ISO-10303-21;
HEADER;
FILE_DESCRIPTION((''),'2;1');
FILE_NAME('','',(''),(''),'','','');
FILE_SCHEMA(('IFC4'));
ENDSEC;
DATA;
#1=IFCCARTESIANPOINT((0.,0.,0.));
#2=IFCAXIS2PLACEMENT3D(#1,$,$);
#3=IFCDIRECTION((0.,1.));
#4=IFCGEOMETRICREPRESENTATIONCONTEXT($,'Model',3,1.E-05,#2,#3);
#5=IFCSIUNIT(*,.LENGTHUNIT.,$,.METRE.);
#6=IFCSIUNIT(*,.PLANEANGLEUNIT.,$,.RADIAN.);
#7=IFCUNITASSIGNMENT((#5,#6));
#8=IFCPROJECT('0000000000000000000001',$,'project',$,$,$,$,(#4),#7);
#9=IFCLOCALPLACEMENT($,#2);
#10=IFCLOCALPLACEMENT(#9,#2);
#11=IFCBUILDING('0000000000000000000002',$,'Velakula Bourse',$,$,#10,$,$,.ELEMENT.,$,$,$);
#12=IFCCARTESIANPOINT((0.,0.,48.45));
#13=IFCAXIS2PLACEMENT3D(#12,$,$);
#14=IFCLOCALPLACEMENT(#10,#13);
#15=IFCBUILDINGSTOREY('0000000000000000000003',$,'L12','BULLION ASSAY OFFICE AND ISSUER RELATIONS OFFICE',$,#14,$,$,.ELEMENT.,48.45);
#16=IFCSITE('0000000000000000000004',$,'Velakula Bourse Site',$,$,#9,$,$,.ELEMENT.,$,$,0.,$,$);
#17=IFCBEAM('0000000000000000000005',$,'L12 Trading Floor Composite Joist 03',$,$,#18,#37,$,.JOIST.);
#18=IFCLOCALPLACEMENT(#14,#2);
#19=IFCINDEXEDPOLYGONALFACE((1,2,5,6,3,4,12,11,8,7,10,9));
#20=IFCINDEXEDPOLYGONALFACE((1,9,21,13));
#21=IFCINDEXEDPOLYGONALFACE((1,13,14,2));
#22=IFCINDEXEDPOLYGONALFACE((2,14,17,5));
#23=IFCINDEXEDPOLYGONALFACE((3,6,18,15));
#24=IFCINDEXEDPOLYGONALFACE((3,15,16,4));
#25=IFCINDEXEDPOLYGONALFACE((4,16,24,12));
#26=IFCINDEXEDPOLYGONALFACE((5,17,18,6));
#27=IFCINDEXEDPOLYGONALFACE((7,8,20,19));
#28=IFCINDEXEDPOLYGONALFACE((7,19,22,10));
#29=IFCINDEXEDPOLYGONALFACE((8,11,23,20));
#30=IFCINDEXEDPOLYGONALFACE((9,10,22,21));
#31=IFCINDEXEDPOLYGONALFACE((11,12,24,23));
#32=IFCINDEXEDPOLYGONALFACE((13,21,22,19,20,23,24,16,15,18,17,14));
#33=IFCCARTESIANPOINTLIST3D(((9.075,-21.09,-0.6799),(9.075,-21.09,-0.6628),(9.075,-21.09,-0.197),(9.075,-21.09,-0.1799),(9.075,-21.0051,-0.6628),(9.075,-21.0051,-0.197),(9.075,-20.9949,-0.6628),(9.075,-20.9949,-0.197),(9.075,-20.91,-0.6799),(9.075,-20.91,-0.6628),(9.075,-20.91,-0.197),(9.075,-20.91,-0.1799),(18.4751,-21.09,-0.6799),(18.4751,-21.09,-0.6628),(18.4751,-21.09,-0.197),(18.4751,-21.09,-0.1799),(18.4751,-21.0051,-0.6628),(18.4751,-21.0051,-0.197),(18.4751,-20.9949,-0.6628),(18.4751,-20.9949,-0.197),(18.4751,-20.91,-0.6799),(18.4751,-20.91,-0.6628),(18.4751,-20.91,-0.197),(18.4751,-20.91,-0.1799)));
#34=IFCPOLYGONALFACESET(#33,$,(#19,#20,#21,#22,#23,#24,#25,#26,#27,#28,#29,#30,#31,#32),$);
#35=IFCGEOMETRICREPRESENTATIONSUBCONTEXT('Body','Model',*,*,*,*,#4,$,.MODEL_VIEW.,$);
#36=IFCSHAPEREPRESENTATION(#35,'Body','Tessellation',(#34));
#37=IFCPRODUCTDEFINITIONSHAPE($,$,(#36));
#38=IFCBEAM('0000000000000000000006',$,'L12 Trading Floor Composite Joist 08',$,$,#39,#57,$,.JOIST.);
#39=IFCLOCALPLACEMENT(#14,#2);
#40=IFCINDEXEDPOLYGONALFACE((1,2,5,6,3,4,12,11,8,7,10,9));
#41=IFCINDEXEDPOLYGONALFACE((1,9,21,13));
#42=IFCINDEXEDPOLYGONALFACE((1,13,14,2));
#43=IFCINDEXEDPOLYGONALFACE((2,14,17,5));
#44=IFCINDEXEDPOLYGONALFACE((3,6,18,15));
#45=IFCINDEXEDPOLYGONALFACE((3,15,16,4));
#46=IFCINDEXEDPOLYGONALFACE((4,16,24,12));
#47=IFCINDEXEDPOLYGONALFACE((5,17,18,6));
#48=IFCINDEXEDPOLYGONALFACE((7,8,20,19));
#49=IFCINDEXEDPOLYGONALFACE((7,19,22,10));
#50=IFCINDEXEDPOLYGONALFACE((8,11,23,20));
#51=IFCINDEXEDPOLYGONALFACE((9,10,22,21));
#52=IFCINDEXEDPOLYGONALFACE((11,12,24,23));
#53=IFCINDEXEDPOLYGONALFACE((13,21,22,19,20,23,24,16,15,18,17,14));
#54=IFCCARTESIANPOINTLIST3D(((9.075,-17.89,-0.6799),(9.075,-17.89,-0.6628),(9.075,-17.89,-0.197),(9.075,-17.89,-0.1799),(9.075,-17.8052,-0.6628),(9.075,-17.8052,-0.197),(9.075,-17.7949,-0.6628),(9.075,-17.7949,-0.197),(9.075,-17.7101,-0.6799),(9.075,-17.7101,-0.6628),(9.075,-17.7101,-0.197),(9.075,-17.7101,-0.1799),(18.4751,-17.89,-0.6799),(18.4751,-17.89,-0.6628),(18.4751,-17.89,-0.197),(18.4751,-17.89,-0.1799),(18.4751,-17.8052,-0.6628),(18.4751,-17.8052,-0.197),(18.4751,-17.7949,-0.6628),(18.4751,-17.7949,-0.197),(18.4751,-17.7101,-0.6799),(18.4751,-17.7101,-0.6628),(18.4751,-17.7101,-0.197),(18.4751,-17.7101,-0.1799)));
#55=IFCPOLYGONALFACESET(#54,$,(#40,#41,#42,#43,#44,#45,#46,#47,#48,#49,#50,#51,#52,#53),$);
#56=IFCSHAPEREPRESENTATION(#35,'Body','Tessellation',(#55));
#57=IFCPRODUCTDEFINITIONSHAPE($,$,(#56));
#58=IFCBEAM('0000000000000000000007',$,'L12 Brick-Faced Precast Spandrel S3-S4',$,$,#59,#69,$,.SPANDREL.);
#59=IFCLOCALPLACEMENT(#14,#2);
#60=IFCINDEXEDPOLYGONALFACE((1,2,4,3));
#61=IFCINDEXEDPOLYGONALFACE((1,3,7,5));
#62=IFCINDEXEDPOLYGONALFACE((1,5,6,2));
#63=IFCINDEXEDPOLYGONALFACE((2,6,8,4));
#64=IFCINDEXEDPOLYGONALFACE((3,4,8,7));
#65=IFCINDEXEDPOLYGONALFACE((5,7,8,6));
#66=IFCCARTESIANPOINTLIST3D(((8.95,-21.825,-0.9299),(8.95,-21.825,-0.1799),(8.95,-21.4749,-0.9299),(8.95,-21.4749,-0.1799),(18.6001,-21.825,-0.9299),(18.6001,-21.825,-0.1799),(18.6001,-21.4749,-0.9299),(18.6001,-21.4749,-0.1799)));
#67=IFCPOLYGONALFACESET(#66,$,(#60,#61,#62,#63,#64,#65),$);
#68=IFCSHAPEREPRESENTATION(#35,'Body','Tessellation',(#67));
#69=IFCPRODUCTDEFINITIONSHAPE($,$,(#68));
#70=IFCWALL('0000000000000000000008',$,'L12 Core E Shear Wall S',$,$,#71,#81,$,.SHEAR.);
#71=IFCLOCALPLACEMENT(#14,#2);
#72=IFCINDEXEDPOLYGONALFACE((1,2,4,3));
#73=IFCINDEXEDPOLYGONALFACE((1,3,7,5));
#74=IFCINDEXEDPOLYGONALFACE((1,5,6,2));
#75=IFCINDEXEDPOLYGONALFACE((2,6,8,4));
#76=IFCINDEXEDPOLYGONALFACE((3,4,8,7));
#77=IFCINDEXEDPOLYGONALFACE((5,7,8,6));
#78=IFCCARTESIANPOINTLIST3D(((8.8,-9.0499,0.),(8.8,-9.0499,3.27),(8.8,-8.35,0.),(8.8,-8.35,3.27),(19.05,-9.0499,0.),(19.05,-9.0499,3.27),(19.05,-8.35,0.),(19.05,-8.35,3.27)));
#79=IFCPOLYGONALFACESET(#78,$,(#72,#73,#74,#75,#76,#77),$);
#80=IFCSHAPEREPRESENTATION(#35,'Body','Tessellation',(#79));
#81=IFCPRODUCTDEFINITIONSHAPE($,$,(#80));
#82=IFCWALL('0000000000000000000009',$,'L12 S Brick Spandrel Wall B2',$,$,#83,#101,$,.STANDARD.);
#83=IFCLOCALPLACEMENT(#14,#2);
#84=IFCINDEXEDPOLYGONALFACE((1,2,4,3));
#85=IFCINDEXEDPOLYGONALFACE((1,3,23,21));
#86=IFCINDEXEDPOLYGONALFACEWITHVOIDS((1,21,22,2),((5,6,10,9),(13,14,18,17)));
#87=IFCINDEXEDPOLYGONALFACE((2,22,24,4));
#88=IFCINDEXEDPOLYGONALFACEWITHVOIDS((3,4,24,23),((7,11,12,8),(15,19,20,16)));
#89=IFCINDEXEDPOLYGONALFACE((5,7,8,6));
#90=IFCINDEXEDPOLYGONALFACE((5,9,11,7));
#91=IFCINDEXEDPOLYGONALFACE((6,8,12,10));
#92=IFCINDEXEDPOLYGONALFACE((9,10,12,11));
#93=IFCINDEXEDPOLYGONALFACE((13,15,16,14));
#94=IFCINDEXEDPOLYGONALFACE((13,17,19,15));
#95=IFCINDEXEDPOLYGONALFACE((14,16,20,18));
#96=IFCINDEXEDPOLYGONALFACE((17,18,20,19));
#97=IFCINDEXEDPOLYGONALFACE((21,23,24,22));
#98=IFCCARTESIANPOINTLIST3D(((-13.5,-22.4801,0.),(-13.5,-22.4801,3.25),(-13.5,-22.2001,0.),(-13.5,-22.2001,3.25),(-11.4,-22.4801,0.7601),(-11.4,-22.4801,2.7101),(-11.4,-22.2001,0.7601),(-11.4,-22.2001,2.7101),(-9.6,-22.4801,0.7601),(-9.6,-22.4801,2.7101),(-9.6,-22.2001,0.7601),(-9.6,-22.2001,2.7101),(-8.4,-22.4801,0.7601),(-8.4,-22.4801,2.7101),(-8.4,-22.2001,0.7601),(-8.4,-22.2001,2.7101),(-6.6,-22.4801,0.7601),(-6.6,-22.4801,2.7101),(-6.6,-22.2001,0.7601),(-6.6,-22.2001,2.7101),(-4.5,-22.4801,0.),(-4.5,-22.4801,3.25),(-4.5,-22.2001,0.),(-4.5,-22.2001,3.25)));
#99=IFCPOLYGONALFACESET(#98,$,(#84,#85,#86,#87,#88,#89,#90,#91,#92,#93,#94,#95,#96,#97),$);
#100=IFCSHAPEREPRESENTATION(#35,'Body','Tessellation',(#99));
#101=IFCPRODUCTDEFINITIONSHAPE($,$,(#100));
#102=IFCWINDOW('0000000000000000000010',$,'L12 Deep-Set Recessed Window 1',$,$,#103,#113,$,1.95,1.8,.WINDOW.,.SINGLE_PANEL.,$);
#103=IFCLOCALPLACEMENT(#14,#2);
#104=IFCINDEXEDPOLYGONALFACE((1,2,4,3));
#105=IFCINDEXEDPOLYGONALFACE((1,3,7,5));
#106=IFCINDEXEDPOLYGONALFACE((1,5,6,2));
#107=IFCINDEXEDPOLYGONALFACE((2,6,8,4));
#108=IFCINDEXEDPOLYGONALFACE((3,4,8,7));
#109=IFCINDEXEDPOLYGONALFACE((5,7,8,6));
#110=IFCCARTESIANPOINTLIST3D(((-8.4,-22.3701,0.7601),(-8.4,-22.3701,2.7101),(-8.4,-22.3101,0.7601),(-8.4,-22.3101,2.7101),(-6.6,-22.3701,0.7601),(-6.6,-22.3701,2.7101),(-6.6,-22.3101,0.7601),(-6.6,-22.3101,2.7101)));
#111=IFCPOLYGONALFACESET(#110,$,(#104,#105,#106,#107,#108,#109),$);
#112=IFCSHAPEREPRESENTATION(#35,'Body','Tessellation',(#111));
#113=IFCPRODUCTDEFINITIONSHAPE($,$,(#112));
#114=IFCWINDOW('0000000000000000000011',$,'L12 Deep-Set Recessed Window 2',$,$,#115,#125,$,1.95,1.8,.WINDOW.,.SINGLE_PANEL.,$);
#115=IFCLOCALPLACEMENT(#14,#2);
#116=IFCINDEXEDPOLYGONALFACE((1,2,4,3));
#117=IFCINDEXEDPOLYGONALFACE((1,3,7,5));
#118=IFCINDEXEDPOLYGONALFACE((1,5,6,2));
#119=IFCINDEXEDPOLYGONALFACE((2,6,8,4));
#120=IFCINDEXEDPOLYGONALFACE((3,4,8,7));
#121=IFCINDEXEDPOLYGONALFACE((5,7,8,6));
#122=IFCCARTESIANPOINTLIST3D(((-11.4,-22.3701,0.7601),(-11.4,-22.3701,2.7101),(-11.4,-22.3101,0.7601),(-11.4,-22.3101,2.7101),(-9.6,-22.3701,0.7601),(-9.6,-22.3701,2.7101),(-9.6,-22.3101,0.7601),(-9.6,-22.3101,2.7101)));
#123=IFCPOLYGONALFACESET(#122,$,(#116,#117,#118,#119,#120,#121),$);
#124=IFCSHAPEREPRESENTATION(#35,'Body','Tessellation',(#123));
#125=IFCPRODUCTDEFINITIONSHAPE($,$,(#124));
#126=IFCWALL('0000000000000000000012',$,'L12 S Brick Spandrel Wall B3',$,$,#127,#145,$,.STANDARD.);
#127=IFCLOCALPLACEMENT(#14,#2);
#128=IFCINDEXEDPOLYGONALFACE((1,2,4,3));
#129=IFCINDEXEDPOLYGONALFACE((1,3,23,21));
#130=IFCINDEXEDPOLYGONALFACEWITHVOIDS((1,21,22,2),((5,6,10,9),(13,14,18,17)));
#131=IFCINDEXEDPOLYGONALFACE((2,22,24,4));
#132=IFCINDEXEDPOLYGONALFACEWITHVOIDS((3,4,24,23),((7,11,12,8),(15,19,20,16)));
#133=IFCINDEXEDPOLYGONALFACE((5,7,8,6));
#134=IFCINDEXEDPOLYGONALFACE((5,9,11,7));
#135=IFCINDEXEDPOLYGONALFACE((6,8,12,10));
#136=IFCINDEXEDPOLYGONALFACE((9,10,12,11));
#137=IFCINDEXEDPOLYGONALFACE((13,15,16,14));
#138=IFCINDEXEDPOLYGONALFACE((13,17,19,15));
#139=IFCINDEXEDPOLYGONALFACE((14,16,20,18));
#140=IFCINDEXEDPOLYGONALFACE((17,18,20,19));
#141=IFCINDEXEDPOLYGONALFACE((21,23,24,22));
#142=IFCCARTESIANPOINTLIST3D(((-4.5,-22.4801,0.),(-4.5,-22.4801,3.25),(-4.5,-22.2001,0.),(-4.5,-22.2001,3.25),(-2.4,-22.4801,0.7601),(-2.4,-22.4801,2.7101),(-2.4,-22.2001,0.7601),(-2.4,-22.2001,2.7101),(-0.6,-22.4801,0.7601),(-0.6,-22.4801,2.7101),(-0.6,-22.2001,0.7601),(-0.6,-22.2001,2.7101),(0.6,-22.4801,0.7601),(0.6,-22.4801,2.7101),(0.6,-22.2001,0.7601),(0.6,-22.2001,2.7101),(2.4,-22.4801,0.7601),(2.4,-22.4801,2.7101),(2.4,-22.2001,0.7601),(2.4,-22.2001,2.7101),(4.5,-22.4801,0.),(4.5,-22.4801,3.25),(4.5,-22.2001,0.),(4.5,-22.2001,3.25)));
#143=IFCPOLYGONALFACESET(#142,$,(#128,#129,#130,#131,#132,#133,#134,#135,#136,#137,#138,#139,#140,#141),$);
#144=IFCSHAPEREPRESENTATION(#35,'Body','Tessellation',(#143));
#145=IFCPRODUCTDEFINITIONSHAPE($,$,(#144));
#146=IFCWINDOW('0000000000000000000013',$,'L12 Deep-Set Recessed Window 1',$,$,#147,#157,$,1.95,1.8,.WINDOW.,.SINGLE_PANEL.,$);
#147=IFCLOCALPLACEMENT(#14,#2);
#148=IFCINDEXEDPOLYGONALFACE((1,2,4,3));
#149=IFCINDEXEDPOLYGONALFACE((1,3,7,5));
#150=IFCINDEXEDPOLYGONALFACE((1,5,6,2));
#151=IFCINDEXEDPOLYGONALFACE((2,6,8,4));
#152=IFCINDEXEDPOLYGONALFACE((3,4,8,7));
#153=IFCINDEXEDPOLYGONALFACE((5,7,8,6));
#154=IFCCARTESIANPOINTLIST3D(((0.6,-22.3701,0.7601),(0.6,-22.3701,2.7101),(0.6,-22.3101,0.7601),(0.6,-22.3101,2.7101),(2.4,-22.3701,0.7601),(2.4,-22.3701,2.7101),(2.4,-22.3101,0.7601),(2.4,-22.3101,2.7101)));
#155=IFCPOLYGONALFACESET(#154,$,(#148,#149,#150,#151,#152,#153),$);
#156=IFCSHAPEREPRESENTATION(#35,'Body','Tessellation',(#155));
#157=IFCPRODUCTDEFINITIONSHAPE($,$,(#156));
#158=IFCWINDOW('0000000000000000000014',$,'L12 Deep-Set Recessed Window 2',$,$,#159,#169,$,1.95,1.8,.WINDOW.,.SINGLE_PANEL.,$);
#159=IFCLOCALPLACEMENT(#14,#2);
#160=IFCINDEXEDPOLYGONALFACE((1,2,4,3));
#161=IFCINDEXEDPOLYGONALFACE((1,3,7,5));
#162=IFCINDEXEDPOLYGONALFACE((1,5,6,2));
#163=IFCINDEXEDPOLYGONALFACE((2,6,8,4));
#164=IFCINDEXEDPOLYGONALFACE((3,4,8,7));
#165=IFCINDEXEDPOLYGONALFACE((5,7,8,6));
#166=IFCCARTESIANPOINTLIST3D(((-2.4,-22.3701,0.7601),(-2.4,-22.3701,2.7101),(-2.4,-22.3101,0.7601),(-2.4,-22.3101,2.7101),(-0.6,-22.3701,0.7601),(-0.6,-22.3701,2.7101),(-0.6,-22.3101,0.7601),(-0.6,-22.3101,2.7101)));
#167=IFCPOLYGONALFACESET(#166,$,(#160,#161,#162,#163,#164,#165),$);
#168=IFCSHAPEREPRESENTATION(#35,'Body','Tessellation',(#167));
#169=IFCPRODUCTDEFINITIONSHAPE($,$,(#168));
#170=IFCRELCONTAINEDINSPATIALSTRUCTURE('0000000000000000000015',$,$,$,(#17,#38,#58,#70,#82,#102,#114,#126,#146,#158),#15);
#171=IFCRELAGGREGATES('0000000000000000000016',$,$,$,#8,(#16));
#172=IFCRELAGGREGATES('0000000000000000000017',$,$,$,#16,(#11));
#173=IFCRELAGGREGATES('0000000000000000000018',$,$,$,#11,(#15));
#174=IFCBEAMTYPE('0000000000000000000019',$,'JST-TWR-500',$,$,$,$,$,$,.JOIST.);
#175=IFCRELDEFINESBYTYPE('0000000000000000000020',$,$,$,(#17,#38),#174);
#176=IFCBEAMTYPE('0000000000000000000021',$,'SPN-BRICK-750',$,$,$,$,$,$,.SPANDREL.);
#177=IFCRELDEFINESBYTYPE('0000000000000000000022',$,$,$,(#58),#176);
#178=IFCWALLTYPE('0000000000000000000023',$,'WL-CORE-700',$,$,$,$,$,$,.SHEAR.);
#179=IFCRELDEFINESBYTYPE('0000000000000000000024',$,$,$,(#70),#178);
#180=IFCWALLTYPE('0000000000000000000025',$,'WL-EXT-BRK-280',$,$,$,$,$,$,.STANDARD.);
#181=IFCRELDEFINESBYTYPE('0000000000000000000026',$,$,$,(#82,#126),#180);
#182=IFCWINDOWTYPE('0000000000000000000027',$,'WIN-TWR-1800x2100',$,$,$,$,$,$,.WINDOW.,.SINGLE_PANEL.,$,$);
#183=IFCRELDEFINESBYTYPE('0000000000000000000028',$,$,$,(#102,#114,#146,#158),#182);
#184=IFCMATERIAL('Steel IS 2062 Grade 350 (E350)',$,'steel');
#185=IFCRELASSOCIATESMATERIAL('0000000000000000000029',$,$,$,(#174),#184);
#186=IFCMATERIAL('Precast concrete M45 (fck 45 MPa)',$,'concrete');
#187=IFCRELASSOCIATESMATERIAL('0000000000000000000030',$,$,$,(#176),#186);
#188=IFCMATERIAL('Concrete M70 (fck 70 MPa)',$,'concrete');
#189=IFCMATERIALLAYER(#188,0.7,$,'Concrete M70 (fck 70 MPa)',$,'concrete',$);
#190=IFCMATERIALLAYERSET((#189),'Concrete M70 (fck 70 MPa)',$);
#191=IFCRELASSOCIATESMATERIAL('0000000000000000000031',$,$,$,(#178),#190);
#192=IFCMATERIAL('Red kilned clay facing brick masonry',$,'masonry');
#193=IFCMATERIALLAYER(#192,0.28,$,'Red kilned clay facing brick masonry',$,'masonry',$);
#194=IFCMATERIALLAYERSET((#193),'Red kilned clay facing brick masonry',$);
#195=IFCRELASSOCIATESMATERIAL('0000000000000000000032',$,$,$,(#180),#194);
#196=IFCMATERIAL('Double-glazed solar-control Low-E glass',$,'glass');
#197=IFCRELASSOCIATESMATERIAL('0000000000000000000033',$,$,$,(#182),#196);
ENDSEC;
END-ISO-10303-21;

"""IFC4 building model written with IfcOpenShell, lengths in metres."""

from ifc_helpers import new_model, si_unit, direction, frame, frame_2d, origin, origin_2d, place, context, subcontext, project, spatial, rectangle, i_section, extrude, material, layer, layer_set, material_profile, profile_set, type_object, element, fill, save


model = new_model("IFC4")

# Units and contexts
model_context = context("Model", 3, precision=1e-05, world=origin(), true_north=direction((0.0, 1.0)))
body_context = subcontext(model_context, "Body", "Model", "MODEL_VIEW")
ifc_project = project(units=[si_unit("LENGTHUNIT", "METRE"), si_unit("PLANEANGLEUNIT", "RADIAN")], contexts=[model_context])

# Site, building, storey
site_placement = place(None, origin())
site = spatial("IfcSite", under=ifc_project, at=site_placement, Name="Velakula Bourse Site", CompositionType="ELEMENT", RefElevation=0.0)
building_placement = place(site_placement, origin())
building = spatial("IfcBuilding", under=site, at=building_placement, Name="Velakula Bourse", CompositionType="ELEMENT")
storey_placement = place(building_placement, frame((0.0, 0.0, 48.45)))
storey = spatial("IfcBuildingStorey", under=building, at=storey_placement, Name="L12", Description="BULLION ASSAY OFFICE AND ISSUER RELATIONS OFFICE", CompositionType="ELEMENT", Elevation=48.45)

# Shared definitions
ifc_material_1 = material(Name="Concrete M70 (fck 70 MPa)", Category="concrete")

# Beams
ifc_material_2 = material(Name="Steel IS 2062 Grade 350 (E350)", Category="steel")
ifc_material_profile_1 = material_profile(ifc_material_2, i_section(OverallWidth=0.1799, OverallDepth=0.5, WebThickness=0.0103, FlangeThickness=0.0171, at=origin_2d()), Name="Steel IS 2062 Grade 350 (E350)")
ifc_profile_set_1 = profile_set([ifc_material_profile_1], Name="Steel IS 2062 Grade 350 (E350)")
beam_type_1 = type_object("IfcBeamType", Name="JST-TWR-500", PredefinedType="JOIST", material=ifc_profile_set_1)
for number, where, z_axis, x_axis, name in (
    (1, (9.075, -21.0, -0.4299), (1.0, 0.0, 0.0), (0.0, 1.0, 0.0), "L12 Trading Floor Composite Joist 03"),
    (2, (9.075, -17.8, -0.4299), (1.0, 0.0, 0.0), (0.0, 1.0, 0.0), "L12 Trading Floor Composite Joist 08"),
):
    element("IfcBeam", number, at=place(storey_placement, frame(where, z_axis=z_axis, x_axis=x_axis)), inside=storey, type_object=beam_type_1, Name=name, PredefinedType="JOIST", context=body_context, shape_type="SweptSolid", body=[
        extrude(i_section(OverallWidth=0.1799, OverallDepth=0.5, WebThickness=0.0103, FlangeThickness=0.0171, at=origin_2d()), origin(), (0.0, 0.0, 1.0), 9.4001),
    ])
ifc_material_3 = material(Name="Precast concrete M45 (fck 45 MPa)", Category="concrete")
ifc_material_profile_2 = material_profile(ifc_material_3, rectangle(XDim=0.3501, YDim=0.75, at=origin_2d()), Name="Precast concrete M45 (fck 45 MPa)")
ifc_profile_set_2 = profile_set([ifc_material_profile_2], Name="Precast concrete M45 (fck 45 MPa)")
beam_type_2 = type_object("IfcBeamType", Name="SPN-BRICK-750", PredefinedType="SPANDREL", material=ifc_profile_set_2)
beam_1_placement = place(storey_placement, frame((8.95, -21.6499, -0.5549), z_axis=(1.0, 0.0, 0.0), x_axis=(0.0, 1.0, 0.0)))
element("IfcBeam", 3, at=beam_1_placement, inside=storey, type_object=beam_type_2, Name="L12 Brick-Faced Precast Spandrel S3-S4", PredefinedType="SPANDREL", context=body_context, shape_type="SweptSolid", body=[
    extrude(rectangle(XDim=0.3501, YDim=0.75, at=origin_2d()), origin(), (0.0, 0.0, 1.0), 9.6501),
])

# Wall
ifc_layer_1 = layer(ifc_material_1, 0.7, Name="Concrete M70 (fck 70 MPa)", Category="concrete")
ifc_layer_set_1 = layer_set([ifc_layer_1], Name="Concrete M70 (fck 70 MPa)")
wall_type_1 = type_object("IfcWallType", Name="WL-CORE-700", PredefinedType="SHEAR", material=ifc_layer_set_1)
wall_1_placement = place(storey_placement, frame((8.8, -8.7, 0.0), z_axis=(0.0, 0.0, 1.0), x_axis=(1.0, 0.0, 0.0)))
element("IfcWall", 4, at=wall_1_placement, inside=storey, type_object=wall_type_1, Name="L12 Core E Shear Wall S", PredefinedType="SHEAR", context=body_context, shape_type="SweptSolid", body=[
    extrude(rectangle(XDim=10.25, YDim=0.7, at=frame_2d((5.125, 0.0))), origin(), (0.0, 0.0, 1.0), 3.27),
])

# Walls, openings, windows
ifc_material_4 = material(Name="Red kilned clay facing brick masonry", Category="masonry")
ifc_layer_2 = layer(ifc_material_4, 0.28, Name="Red kilned clay facing brick masonry", Category="masonry")
ifc_layer_set_2 = layer_set([ifc_layer_2], Name="Red kilned clay facing brick masonry")
wall_type_2 = type_object("IfcWallType", Name="WL-EXT-BRK-280", PredefinedType="STANDARD", material=ifc_layer_set_2)
wall_2_placement = place(storey_placement, frame((-4.5, -22.3401, 0.0), z_axis=(0.0, 0.0, 1.0), x_axis=(-1.0, 0.0, 0.0)))
wall_2 = element("IfcWall", 5, at=wall_2_placement, inside=storey, type_object=wall_type_2, Name="L12 S Brick Spandrel Wall B2", PredefinedType="STANDARD", context=body_context, shape_type="SweptSolid", body=[
    extrude(rectangle(XDim=9.0, YDim=0.28, at=frame_2d((4.5, 0.0))), origin(), (0.0, 0.0, 1.0), 3.25),
])
opening_1_placement = place(wall_2_placement, frame((2.1001, 0.0, 0.76)))
opening_1 = element("IfcOpeningElement", 6, at=opening_1_placement, cuts=wall_2, PredefinedType="OPENING", context=body_context, shape_type="SweptSolid", body=[
    extrude(rectangle(XDim=1.8, YDim=1.95, at=frame_2d((0.8999, 0.9751))), frame((0.0, 0.1499, 0.0), z_axis=(0.0, -1.0, 0.0), x_axis=(1.0, 0.0, 0.0)), (0.0, 0.0, 1.0), 0.3),
])
opening_2_placement = place(wall_2_placement, frame((5.1001, 0.0, 0.76)))
opening_2 = element("IfcOpeningElement", 7, at=opening_2_placement, cuts=wall_2, PredefinedType="OPENING", context=body_context, shape_type="SweptSolid", body=[
    extrude(rectangle(XDim=1.8, YDim=1.95, at=frame_2d((0.8999, 0.9751))), frame((0.0, 0.1499, 0.0), z_axis=(0.0, -1.0, 0.0), x_axis=(1.0, 0.0, 0.0)), (0.0, 0.0, 1.0), 0.3),
])
ifc_material_5 = material(Name="Double-glazed solar-control Low-E glass", Category="glass")
window_type = type_object("IfcWindowType", Name="WIN-TWR-1800x2100", PartitioningType="SINGLE_PANEL", PredefinedType="WINDOW", material=ifc_material_5)
window_1_placement = place(opening_1_placement, origin())
window_1 = element("IfcWindow", 8, at=window_1_placement, inside=storey, type_object=window_type, Name="L12 Deep-Set Recessed Window 1", OverallHeight=1.95, OverallWidth=1.8, PartitioningType="SINGLE_PANEL", PredefinedType="WINDOW", context=body_context, shape_type="SweptSolid", body=[
    extrude(rectangle(XDim=1.8, YDim=1.95, at=frame_2d((0.8999, 0.9751))), frame((0.0, 0.03, 0.0), z_axis=(0.0, -1.0, 0.0), x_axis=(1.0, 0.0, 0.0)), (0.0, 0.0, 1.0), 0.0601),
])
fill(opening_1, window_1)
window_2_placement = place(opening_2_placement, origin())
window_2 = element("IfcWindow", 9, at=window_2_placement, inside=storey, type_object=window_type, Name="L12 Deep-Set Recessed Window 2", OverallHeight=1.95, OverallWidth=1.8, PartitioningType="SINGLE_PANEL", PredefinedType="WINDOW", context=body_context, shape_type="SweptSolid", body=[
    extrude(rectangle(XDim=1.8, YDim=1.95, at=frame_2d((0.8999, 0.9751))), frame((0.0, 0.03, 0.0), z_axis=(0.0, -1.0, 0.0), x_axis=(1.0, 0.0, 0.0)), (0.0, 0.0, 1.0), 0.0601),
])
fill(opening_2, window_2)
wall_3_placement = place(storey_placement, frame((4.5, -22.3401, 0.0), z_axis=(0.0, 0.0, 1.0), x_axis=(-1.0, 0.0, 0.0)))
wall_3 = element("IfcWall", 10, at=wall_3_placement, inside=storey, type_object=wall_type_2, Name="L12 S Brick Spandrel Wall B3", PredefinedType="STANDARD", context=body_context, shape_type="SweptSolid", body=[
    extrude(rectangle(XDim=9.0, YDim=0.28, at=frame_2d((4.5, 0.0))), origin(), (0.0, 0.0, 1.0), 3.25),
])
opening_3_placement = place(wall_3_placement, frame((2.1001, 0.0, 0.76)))
opening_3 = element("IfcOpeningElement", 11, at=opening_3_placement, cuts=wall_3, PredefinedType="OPENING", context=body_context, shape_type="SweptSolid", body=[
    extrude(rectangle(XDim=1.8, YDim=1.95, at=frame_2d((0.8999, 0.9751))), frame((0.0, 0.1499, 0.0), z_axis=(0.0, -1.0, 0.0), x_axis=(1.0, 0.0, 0.0)), (0.0, 0.0, 1.0), 0.3),
])
opening_4_placement = place(wall_3_placement, frame((5.1001, 0.0, 0.76)))
opening_4 = element("IfcOpeningElement", 12, at=opening_4_placement, cuts=wall_3, PredefinedType="OPENING", context=body_context, shape_type="SweptSolid", body=[
    extrude(rectangle(XDim=1.8, YDim=1.95, at=frame_2d((0.8999, 0.9751))), frame((0.0, 0.1499, 0.0), z_axis=(0.0, -1.0, 0.0), x_axis=(1.0, 0.0, 0.0)), (0.0, 0.0, 1.0), 0.3),
])
window_3_placement = place(opening_3_placement, origin())
window_3 = element("IfcWindow", 13, at=window_3_placement, inside=storey, type_object=window_type, Name="L12 Deep-Set Recessed Window 1", OverallHeight=1.95, OverallWidth=1.8, PartitioningType="SINGLE_PANEL", PredefinedType="WINDOW", context=body_context, shape_type="SweptSolid", body=[
    extrude(rectangle(XDim=1.8, YDim=1.95, at=frame_2d((0.8999, 0.9751))), frame((0.0, 0.03, 0.0), z_axis=(0.0, -1.0, 0.0), x_axis=(1.0, 0.0, 0.0)), (0.0, 0.0, 1.0), 0.0601),
])
fill(opening_3, window_3)
window_4_placement = place(opening_4_placement, origin())
window_4 = element("IfcWindow", 14, at=window_4_placement, inside=storey, type_object=window_type, Name="L12 Deep-Set Recessed Window 2", OverallHeight=1.95, OverallWidth=1.8, PartitioningType="SINGLE_PANEL", PredefinedType="WINDOW", context=body_context, shape_type="SweptSolid", body=[
    extrude(rectangle(XDim=1.8, YDim=1.95, at=frame_2d((0.8999, 0.9751))), frame((0.0, 0.03, 0.0), z_axis=(0.0, -1.0, 0.0), x_axis=(1.0, 0.0, 0.0)), (0.0, 0.0, 1.0), 0.0601),
])
fill(opening_4, window_4)

save(model, "model.ifc")
